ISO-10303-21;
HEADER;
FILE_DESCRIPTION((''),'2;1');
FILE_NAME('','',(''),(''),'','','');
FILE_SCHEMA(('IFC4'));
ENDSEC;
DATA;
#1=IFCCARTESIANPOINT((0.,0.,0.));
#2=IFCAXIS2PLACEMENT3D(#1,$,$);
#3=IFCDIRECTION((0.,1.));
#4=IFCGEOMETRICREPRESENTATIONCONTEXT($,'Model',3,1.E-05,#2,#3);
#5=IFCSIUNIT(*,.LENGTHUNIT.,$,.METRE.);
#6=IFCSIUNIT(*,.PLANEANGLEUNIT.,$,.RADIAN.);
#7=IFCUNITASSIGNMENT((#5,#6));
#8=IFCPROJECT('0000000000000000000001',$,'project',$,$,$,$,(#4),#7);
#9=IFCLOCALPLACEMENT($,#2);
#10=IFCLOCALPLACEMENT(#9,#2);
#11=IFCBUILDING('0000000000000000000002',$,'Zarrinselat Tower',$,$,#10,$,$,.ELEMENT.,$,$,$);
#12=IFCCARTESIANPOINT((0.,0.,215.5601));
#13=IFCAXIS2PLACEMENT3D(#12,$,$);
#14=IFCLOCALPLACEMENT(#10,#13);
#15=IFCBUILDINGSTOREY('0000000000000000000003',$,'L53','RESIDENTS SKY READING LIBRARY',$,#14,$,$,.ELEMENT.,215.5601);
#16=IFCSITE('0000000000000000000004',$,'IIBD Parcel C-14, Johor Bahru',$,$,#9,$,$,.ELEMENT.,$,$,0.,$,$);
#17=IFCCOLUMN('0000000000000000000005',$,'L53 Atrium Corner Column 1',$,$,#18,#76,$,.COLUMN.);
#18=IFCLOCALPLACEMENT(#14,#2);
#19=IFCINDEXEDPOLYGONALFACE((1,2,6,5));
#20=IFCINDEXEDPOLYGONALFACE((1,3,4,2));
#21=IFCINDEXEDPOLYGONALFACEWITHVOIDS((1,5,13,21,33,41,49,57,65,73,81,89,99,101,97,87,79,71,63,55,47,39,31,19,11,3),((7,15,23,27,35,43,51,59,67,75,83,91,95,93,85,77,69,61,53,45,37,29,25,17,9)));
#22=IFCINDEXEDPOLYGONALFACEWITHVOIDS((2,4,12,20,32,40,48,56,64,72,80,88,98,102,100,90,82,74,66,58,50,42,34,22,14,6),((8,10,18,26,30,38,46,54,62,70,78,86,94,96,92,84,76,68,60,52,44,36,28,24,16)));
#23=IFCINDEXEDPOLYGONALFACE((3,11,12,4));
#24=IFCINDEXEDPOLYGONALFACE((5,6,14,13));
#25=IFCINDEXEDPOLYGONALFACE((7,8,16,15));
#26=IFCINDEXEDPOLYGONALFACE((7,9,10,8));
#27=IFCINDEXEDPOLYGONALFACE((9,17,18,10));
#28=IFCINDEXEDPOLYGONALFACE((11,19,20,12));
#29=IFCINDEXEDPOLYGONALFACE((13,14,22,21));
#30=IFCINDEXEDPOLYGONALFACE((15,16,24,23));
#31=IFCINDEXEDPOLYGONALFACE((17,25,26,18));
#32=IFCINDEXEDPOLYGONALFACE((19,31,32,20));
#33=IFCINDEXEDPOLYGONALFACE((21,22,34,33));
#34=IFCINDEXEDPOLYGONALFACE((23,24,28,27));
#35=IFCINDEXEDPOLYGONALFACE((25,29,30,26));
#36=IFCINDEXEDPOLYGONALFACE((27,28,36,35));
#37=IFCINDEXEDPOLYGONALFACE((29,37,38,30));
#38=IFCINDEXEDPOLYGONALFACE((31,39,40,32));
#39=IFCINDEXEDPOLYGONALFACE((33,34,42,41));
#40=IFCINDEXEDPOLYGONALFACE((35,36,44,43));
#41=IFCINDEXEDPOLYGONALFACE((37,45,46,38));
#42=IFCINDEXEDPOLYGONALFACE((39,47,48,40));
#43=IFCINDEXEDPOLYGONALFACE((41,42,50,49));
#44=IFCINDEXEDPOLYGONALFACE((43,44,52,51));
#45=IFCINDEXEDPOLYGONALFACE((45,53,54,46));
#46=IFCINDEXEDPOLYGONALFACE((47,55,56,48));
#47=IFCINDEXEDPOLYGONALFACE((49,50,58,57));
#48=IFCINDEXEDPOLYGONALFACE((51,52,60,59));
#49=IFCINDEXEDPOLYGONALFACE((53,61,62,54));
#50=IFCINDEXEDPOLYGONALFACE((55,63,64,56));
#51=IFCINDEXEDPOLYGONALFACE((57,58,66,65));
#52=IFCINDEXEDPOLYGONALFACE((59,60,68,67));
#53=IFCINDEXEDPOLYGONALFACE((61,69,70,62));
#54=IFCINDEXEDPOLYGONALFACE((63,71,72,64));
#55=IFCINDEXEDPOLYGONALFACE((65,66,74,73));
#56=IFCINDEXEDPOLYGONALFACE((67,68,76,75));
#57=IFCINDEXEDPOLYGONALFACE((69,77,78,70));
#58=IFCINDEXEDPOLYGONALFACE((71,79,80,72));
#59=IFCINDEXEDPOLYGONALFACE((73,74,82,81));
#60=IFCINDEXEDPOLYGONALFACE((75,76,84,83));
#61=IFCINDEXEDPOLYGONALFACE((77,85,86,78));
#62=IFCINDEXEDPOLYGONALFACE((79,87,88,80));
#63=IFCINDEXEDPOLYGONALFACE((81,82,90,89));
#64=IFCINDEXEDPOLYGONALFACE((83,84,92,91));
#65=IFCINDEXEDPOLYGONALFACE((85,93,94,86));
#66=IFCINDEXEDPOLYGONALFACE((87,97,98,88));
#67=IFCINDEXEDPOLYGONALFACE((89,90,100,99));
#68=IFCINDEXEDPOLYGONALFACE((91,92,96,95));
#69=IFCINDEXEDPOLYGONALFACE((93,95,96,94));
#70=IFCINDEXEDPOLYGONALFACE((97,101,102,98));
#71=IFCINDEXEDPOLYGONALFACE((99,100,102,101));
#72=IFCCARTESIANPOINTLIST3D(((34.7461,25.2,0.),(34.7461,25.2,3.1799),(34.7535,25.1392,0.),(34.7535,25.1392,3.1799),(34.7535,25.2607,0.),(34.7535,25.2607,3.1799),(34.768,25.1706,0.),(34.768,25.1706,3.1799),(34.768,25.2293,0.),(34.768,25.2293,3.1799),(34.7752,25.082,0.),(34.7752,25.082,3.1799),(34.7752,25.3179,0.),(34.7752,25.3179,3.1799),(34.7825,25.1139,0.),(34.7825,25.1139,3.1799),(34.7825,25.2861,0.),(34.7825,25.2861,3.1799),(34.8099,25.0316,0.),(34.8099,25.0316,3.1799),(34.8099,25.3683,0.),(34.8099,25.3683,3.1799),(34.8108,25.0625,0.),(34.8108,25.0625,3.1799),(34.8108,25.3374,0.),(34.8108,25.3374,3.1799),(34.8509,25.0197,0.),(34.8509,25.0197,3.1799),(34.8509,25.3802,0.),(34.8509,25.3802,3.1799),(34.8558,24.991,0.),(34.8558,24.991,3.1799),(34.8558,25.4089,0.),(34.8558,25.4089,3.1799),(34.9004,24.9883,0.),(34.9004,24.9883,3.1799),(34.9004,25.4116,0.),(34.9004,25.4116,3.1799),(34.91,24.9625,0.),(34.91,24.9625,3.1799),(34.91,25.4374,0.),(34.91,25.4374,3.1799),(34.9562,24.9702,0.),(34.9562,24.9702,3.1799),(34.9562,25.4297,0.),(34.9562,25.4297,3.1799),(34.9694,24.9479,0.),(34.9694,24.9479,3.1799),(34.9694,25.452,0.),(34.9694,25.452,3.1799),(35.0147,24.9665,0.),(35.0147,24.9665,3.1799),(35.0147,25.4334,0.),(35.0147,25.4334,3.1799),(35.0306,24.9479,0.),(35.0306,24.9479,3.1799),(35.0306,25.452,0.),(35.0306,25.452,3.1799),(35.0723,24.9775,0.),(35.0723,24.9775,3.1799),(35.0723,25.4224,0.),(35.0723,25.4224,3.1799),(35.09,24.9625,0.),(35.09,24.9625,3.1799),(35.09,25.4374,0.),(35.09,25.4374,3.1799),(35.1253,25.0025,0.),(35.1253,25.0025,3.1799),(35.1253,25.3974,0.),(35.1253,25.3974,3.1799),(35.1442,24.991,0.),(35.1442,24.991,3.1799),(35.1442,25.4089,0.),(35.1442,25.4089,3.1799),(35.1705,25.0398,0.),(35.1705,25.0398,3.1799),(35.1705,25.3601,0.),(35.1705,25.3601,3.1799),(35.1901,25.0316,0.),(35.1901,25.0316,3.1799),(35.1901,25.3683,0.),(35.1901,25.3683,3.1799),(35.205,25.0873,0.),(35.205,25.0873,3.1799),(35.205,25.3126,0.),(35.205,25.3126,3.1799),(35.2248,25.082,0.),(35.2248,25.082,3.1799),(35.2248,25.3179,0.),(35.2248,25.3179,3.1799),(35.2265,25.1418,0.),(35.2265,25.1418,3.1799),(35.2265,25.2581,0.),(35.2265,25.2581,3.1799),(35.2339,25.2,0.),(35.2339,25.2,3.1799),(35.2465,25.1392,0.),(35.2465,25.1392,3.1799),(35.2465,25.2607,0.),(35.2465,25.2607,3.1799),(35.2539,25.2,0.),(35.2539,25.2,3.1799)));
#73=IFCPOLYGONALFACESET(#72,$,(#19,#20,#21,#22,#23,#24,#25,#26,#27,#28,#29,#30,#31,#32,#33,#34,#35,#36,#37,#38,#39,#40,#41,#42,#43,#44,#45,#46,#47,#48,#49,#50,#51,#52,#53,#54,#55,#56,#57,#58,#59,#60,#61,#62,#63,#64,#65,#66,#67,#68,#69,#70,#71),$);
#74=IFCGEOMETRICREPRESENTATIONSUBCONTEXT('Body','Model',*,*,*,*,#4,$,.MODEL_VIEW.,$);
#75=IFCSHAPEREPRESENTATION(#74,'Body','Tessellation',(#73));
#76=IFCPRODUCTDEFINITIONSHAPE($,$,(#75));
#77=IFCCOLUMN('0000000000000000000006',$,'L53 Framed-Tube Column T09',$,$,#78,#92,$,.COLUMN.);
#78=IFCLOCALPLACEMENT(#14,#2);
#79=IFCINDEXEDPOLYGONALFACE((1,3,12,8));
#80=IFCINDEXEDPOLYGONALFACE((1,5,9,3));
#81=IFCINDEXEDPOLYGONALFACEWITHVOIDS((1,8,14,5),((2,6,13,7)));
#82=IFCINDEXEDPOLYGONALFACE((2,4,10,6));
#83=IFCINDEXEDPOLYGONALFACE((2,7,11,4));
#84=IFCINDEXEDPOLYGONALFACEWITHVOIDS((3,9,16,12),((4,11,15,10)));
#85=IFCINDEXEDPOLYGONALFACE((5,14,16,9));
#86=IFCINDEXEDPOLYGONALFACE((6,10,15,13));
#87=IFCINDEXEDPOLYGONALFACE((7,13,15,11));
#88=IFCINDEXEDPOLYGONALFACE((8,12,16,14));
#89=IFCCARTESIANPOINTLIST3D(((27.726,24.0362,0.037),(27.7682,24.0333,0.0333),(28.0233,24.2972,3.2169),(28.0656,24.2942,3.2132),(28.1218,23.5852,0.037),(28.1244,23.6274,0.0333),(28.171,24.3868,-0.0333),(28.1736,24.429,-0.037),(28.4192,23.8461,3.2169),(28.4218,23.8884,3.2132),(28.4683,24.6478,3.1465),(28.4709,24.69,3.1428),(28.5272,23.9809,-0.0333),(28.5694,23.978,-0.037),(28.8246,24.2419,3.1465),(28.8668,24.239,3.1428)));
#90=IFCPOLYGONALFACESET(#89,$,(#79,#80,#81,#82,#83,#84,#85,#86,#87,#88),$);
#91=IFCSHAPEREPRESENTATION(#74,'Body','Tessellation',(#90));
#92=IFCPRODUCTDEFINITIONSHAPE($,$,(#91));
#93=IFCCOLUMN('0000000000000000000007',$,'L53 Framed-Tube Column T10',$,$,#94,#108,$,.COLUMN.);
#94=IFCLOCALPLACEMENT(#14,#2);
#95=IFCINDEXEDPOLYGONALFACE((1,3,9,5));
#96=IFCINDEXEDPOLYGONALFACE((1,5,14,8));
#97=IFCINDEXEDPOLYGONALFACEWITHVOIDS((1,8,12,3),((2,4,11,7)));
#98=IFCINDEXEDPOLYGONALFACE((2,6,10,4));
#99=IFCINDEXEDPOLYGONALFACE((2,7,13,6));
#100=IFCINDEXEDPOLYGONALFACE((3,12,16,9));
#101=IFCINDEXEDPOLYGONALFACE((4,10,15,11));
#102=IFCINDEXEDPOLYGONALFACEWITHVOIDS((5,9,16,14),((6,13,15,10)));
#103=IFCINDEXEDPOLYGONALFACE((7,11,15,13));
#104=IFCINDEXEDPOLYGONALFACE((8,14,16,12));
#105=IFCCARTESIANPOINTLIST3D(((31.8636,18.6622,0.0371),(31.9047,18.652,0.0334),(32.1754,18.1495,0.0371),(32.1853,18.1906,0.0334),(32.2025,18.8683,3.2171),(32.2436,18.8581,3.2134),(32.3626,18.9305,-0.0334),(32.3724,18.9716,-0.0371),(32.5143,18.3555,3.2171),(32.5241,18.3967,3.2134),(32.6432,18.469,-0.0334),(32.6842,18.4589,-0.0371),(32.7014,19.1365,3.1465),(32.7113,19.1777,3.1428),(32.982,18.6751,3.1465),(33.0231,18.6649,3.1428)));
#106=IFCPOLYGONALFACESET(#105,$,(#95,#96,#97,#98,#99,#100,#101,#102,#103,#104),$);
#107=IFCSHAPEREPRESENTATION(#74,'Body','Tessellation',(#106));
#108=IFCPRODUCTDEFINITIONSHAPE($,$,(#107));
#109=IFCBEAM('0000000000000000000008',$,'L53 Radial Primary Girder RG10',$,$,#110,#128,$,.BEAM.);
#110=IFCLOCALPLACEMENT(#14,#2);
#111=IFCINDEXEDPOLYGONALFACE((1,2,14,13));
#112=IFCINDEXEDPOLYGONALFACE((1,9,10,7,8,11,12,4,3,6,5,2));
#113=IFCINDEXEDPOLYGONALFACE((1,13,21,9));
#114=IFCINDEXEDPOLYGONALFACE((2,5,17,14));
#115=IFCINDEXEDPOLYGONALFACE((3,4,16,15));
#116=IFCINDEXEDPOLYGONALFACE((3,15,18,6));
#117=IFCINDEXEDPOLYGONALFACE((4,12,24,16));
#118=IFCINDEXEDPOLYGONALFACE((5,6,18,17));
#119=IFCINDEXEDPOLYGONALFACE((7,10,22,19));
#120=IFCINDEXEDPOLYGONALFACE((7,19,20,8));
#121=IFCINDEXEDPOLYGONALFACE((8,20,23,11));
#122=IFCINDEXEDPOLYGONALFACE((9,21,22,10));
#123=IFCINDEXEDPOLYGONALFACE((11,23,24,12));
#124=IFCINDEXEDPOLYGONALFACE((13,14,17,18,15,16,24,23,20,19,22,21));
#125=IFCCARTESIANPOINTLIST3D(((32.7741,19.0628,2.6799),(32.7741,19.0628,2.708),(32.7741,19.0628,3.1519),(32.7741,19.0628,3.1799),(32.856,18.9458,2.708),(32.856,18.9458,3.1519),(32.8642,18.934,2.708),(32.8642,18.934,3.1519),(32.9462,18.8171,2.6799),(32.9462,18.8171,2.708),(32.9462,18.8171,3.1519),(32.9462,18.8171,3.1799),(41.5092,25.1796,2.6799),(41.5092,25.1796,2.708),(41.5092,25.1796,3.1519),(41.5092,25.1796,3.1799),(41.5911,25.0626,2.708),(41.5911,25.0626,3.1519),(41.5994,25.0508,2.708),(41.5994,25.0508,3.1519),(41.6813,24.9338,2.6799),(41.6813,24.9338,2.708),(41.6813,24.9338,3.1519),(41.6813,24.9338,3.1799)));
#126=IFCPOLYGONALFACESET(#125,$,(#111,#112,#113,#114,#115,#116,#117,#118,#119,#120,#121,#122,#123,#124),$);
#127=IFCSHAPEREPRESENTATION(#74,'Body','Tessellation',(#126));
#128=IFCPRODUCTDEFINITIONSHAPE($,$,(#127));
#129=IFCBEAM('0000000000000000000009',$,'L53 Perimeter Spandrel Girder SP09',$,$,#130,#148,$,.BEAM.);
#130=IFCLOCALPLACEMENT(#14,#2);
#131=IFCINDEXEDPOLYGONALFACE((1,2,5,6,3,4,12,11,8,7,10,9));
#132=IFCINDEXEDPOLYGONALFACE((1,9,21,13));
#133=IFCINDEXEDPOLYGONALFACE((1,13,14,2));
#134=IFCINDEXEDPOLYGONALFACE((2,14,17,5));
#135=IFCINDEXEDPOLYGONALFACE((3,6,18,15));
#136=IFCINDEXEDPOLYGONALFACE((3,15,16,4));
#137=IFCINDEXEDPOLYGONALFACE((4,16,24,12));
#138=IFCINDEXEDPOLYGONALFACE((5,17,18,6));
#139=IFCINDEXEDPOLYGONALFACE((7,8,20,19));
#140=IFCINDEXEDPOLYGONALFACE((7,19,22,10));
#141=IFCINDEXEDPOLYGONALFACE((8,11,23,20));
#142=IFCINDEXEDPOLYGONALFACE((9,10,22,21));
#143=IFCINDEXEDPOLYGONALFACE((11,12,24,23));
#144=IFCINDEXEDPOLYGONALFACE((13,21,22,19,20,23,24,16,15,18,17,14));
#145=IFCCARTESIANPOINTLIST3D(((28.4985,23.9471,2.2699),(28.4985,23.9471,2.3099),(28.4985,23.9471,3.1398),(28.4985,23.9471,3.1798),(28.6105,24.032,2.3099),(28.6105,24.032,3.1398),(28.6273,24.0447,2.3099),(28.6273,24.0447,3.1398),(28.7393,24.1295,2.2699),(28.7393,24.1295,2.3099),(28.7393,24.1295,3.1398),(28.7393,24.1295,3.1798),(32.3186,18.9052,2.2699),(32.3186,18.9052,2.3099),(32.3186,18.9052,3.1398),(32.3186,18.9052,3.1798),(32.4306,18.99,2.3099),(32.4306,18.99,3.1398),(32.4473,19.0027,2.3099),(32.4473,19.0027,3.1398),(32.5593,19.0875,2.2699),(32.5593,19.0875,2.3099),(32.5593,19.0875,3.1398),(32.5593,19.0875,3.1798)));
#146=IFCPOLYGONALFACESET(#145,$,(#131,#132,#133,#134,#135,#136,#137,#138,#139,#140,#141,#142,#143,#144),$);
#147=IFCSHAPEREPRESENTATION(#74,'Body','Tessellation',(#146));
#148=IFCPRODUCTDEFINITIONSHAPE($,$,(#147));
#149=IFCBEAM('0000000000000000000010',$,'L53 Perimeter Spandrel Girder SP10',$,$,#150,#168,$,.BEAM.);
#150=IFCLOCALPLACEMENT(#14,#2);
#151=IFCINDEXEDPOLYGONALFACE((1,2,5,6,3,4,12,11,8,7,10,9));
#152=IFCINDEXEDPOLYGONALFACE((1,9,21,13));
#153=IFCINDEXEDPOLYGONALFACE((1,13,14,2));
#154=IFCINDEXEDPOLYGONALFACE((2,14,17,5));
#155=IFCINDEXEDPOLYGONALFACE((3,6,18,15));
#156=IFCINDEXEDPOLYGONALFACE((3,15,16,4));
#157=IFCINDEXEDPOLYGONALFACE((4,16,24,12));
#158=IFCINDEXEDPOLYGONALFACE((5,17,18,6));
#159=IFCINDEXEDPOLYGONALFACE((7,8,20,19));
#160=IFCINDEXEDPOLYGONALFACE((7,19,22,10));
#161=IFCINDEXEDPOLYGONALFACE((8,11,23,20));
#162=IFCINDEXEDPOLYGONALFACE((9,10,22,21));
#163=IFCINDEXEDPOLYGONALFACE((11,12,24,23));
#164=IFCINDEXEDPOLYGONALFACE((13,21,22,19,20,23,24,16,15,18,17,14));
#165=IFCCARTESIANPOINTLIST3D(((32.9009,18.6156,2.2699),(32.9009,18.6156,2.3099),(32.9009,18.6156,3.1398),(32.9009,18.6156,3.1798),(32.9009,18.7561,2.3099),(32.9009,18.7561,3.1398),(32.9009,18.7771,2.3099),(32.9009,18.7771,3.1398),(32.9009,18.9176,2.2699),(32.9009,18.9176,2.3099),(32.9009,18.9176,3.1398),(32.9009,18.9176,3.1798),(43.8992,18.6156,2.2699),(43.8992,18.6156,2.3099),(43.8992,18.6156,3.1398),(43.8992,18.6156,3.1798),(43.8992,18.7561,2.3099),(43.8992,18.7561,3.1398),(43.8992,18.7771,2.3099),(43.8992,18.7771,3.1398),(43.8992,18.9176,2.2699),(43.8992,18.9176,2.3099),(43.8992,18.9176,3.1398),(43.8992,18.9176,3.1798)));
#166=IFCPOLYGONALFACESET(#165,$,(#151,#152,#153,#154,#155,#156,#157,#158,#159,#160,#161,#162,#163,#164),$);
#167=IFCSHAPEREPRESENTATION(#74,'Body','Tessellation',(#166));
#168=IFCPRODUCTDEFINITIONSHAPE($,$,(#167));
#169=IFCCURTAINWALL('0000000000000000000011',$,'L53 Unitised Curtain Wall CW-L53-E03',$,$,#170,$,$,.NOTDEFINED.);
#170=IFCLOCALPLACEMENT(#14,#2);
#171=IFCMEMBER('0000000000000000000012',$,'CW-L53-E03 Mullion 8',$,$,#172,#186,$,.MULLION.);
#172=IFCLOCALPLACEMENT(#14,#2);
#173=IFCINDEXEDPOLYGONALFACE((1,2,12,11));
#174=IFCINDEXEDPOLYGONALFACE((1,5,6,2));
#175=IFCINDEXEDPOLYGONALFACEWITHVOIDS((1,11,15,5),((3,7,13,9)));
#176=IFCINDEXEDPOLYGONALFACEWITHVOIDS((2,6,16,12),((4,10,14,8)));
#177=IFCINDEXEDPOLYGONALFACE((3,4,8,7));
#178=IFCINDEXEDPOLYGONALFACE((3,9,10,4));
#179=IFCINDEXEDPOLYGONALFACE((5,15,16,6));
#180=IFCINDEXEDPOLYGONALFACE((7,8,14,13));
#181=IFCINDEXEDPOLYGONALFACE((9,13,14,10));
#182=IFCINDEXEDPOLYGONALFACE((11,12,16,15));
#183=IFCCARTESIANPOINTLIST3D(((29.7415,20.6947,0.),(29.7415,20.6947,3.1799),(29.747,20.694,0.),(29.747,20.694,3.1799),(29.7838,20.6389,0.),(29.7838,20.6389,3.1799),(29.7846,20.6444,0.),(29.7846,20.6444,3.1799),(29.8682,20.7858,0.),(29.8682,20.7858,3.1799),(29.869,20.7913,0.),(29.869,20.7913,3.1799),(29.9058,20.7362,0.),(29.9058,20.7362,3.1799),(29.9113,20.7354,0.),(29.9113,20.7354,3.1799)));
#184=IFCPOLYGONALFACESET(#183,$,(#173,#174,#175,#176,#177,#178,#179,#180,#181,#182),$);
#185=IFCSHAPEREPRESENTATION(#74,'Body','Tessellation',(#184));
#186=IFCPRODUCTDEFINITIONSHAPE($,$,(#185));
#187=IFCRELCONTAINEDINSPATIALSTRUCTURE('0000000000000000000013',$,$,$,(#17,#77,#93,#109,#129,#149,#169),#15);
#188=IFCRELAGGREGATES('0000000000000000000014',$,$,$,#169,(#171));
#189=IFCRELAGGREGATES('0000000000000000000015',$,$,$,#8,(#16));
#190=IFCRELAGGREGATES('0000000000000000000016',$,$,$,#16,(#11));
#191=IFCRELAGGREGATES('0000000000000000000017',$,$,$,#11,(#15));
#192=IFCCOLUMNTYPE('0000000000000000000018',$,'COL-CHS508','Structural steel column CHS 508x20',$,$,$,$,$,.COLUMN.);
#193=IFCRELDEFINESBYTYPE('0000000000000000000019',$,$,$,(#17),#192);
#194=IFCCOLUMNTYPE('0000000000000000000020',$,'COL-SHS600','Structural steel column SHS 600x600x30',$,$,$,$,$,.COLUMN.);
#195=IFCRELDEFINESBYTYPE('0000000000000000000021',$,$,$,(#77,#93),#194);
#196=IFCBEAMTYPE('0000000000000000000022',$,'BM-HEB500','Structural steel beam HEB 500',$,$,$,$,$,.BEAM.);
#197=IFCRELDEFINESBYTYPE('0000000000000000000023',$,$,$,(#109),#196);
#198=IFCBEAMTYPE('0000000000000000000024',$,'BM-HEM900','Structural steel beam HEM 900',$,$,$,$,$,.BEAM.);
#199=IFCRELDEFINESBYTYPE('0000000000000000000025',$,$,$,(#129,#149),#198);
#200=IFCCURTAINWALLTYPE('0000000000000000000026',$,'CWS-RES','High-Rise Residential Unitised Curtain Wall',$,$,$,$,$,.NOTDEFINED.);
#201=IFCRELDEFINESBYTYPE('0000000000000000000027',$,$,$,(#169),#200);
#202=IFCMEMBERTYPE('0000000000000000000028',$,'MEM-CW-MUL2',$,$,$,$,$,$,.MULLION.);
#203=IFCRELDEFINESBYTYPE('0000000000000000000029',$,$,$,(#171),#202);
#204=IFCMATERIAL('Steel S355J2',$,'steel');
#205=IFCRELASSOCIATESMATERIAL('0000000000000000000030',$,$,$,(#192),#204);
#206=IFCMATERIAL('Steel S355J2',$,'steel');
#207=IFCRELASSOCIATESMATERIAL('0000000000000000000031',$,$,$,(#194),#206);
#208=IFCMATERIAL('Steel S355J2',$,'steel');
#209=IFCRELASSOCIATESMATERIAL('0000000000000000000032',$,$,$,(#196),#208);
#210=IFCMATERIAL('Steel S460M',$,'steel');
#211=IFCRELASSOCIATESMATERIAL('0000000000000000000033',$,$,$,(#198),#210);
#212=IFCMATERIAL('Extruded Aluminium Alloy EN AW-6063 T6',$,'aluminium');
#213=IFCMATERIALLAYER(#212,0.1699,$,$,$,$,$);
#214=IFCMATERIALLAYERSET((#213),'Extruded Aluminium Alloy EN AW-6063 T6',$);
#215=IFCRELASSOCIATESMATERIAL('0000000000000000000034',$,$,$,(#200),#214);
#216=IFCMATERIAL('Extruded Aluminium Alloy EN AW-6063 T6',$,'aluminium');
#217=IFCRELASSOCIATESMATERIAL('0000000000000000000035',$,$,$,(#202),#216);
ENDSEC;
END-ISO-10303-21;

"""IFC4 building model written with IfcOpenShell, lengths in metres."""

from ifc_helpers import new_model, si_unit, direction, frame, origin, origin_2d, place, context, subcontext, project, spatial, hollow_rectangle, hollow_circle, i_section, extrude, material, layer, layer_set, material_profile, profile_set, type_object, element, aggregate, save


model = new_model("IFC4")

# Units and contexts
model_context = context("Model", 3, precision=1e-05, world=origin(), true_north=direction((0.0, 1.0)))
body_context = subcontext(model_context, "Body", "Model", "MODEL_VIEW")
ifc_project = project(units=[si_unit("LENGTHUNIT", "METRE"), si_unit("PLANEANGLEUNIT", "RADIAN")], contexts=[model_context])

# Site, building, storey
site_placement = place(None, origin())
site = spatial("IfcSite", under=ifc_project, at=site_placement, Name="IIBD Parcel C-14, Johor Bahru", CompositionType="ELEMENT", RefElevation=0.0)
building_placement = place(site_placement, origin())
building = spatial("IfcBuilding", under=site, at=building_placement, Name="Zarrinselat Tower", CompositionType="ELEMENT")
storey_placement = place(building_placement, frame((0.0, 0.0, 215.5601)))
storey = spatial("IfcBuildingStorey", under=building, at=storey_placement, Name="L53", Description="RESIDENTS SKY READING LIBRARY", CompositionType="ELEMENT", Elevation=215.5601)

# Columns
ifc_material_1 = material(Name="Steel S355J2", Category="steel")
ifc_material_profile_1 = material_profile(ifc_material_1, hollow_circle(Radius=0.2539, WallThickness=0.02, at=origin_2d()), Name="CHS 508x20")
ifc_profile_set_1 = profile_set([ifc_material_profile_1], Name="Steel S355J2")
column_type_1 = type_object("IfcColumnType", Name="COL-CHS508", Description="Structural steel column CHS 508x20", PredefinedType="COLUMN", material=ifc_profile_set_1)
column_1_placement = place(storey_placement, frame((35.0, 25.2, 0.0), z_axis=(0.0, 0.0, 1.0), x_axis=(1.0, 0.0, 0.0)))
element("IfcColumn", 1, at=column_1_placement, inside=storey, type_object=column_type_1, Name="L53 Atrium Corner Column 1", PredefinedType="COLUMN", context=body_context, shape_type="SweptSolid", body=[
    extrude(hollow_circle(Radius=0.2539, WallThickness=0.02, at=origin_2d()), origin(), (0.0, 0.0, 1.0), 3.1799),
])
ifc_material_2 = material(Name="Steel S355J2", Category="steel")
ifc_material_profile_2 = material_profile(ifc_material_2, hollow_rectangle(XDim=0.6001, YDim=0.6001, WallThickness=0.03, at=origin_2d()), Name="SHS 600x600x30")
ifc_profile_set_2 = profile_set([ifc_material_profile_2], Name="Steel S355J2")
column_type_2 = type_object("IfcColumnType", Name="COL-SHS600", Description="Structural steel column SHS 600x600x30", PredefinedType="COLUMN", material=ifc_profile_set_2)
column_2_placement = place(storey_placement, frame((28.1477, 24.0071, 0.0), z_axis=(0.092797, 0.081445, 0.992348), x_axis=(-0.65964, 0.751582, 0.0)))
element("IfcColumn", 2, at=column_2_placement, inside=storey, type_object=column_type_2, Name="L53 Framed-Tube Column T09", PredefinedType="COLUMN", context=body_context, shape_type="SweptSolid", body=[
    extrude(hollow_rectangle(XDim=0.6001, YDim=0.6001, WallThickness=0.03, at=origin_2d()), origin(), (0.0, 0.0, 1.0), 3.2043),
])
column_3_placement = place(storey_placement, frame((32.2739, 18.5605, 0.0), z_axis=(0.105745, 0.0643, 0.992312), x_axis=(-0.519556, 0.854436, 0.0)))
element("IfcColumn", 3, at=column_3_placement, inside=storey, type_object=column_type_2, Name="L53 Framed-Tube Column T10", PredefinedType="COLUMN", context=body_context, shape_type="SweptSolid", body=[
    extrude(hollow_rectangle(XDim=0.6001, YDim=0.6001, WallThickness=0.03, at=origin_2d()), origin(), (0.0, 0.0, 1.0), 3.2046),
])

# Beams
ifc_material_3 = material(Name="Steel S355J2", Category="steel")
ifc_material_profile_3 = material_profile(ifc_material_3, i_section(OverallWidth=0.3, OverallDepth=0.5, WebThickness=0.0144, FlangeThickness=0.0281, at=origin_2d()), Name="HEB 500")
ifc_profile_set_3 = profile_set([ifc_material_profile_3], Name="Steel S355J2")
beam_type_1 = type_object("IfcBeamType", Name="BM-HEB500", Description="Structural steel beam HEB 500", PredefinedType="BEAM", material=ifc_profile_set_3)
beam_1_placement = place(storey_placement, frame((32.8601, 18.9399, 2.9299), z_axis=(0.819138, 0.573596, 0.0), x_axis=(-0.573596, 0.819138, 0.0)))
element("IfcBeam", 4, at=beam_1_placement, inside=storey, type_object=beam_type_1, Name="L53 Radial Primary Girder RG10", PredefinedType="BEAM", context=body_context, shape_type="SweptSolid", body=[
    extrude(i_section(OverallWidth=0.3, OverallDepth=0.5, WebThickness=0.0144, FlangeThickness=0.0281, at=origin_2d()), origin(), (0.0, 0.0, 1.0), 10.6638),
])
ifc_material_4 = material(Name="Steel S460M", Category="steel")
ifc_material_profile_4 = material_profile(ifc_material_4, i_section(OverallWidth=0.302, OverallDepth=0.9099, WebThickness=0.021, FlangeThickness=0.04, at=origin_2d()), Name="HEM 900")
ifc_profile_set_4 = profile_set([ifc_material_profile_4], Name="Steel S460M")
beam_type_2 = type_object("IfcBeamType", Name="BM-HEM900", Description="Structural steel beam HEM 900", PredefinedType="BEAM", material=ifc_profile_set_4)
beam_2_placement = place(storey_placement, frame((28.6189, 24.0383, 2.7249), z_axis=(0.603896, -0.797063, 0.0), x_axis=(0.797063, 0.603896, 0.0)))
element("IfcBeam", 5, at=beam_2_placement, inside=storey, type_object=beam_type_2, Name="L53 Perimeter Spandrel Girder SP09", PredefinedType="BEAM", context=body_context, shape_type="SweptSolid", body=[
    extrude(i_section(OverallWidth=0.302, OverallDepth=0.9099, WebThickness=0.021, FlangeThickness=0.04, at=origin_2d()), origin(), (0.0, 0.0, 1.0), 6.3257),
])
beam_3_placement = place(storey_placement, frame((32.9009, 18.7666, 2.7249), z_axis=(1.0, 0.0, 0.0), x_axis=(0.0, 1.0, 0.0)))
element("IfcBeam", 6, at=beam_3_placement, inside=storey, type_object=beam_type_2, Name="L53 Perimeter Spandrel Girder SP10", PredefinedType="BEAM", context=body_context, shape_type="SweptSolid", body=[
    extrude(i_section(OverallWidth=0.302, OverallDepth=0.9099, WebThickness=0.021, FlangeThickness=0.04, at=origin_2d()), origin(), (0.0, 0.0, 1.0), 10.9983),
])

# Curtain wall, member
ifc_material_5 = material(Name="Extruded Aluminium Alloy EN AW-6063 T6", Category="aluminium")
ifc_layer_1 = layer(ifc_material_5, 0.1699)
ifc_layer_set_1 = layer_set([ifc_layer_1], Name="Extruded Aluminium Alloy EN AW-6063 T6")
curtain_wall_type = type_object("IfcCurtainWallType", Name="CWS-RES", Description="High-Rise Residential Unitised Curtain Wall", PredefinedType="NOTDEFINED", material=ifc_layer_set_1)
curtain_wall_1_placement = place(storey_placement, origin())
curtain_wall_1 = element("IfcCurtainWall", 7, at=curtain_wall_1_placement, inside=storey, type_object=curtain_wall_type, Name="L53 Unitised Curtain Wall CW-L53-E03", PredefinedType="NOTDEFINED")
ifc_material_6 = material(Name="Extruded Aluminium Alloy EN AW-6063 T6", Category="aluminium")
ifc_material_profile_5 = material_profile(ifc_material_6, hollow_rectangle(XDim=0.0701, YDim=0.1599, WallThickness=0.0039, at=origin_2d()), Name="RHS 160x70x4")
ifc_profile_set_5 = profile_set([ifc_material_profile_5], Name="Extruded Aluminium Alloy EN AW-6063 T6")
member_type_1 = type_object("IfcMemberType", Name="MEM-CW-MUL2", PredefinedType="MULLION", material=ifc_profile_set_5)
member_1_placement = place(storey_placement, frame((29.8264, 20.7151, 0.0), z_axis=(0.0, 0.0, 1.0), x_axis=(0.603859, -0.797091, 0.0)))
member_1 = element("IfcMember", 8, at=member_1_placement, type_object=member_type_1, Name="CW-L53-E03 Mullion 8", PredefinedType="MULLION", context=body_context, shape_type="SweptSolid", body=[
    extrude(hollow_rectangle(XDim=0.0701, YDim=0.1599, WallThickness=0.0039, at=origin_2d()), origin(), (0.0, 0.0, 1.0), 3.1799),
])

aggregate(curtain_wall_1, [member_1])

save(model, "model.ifc")
